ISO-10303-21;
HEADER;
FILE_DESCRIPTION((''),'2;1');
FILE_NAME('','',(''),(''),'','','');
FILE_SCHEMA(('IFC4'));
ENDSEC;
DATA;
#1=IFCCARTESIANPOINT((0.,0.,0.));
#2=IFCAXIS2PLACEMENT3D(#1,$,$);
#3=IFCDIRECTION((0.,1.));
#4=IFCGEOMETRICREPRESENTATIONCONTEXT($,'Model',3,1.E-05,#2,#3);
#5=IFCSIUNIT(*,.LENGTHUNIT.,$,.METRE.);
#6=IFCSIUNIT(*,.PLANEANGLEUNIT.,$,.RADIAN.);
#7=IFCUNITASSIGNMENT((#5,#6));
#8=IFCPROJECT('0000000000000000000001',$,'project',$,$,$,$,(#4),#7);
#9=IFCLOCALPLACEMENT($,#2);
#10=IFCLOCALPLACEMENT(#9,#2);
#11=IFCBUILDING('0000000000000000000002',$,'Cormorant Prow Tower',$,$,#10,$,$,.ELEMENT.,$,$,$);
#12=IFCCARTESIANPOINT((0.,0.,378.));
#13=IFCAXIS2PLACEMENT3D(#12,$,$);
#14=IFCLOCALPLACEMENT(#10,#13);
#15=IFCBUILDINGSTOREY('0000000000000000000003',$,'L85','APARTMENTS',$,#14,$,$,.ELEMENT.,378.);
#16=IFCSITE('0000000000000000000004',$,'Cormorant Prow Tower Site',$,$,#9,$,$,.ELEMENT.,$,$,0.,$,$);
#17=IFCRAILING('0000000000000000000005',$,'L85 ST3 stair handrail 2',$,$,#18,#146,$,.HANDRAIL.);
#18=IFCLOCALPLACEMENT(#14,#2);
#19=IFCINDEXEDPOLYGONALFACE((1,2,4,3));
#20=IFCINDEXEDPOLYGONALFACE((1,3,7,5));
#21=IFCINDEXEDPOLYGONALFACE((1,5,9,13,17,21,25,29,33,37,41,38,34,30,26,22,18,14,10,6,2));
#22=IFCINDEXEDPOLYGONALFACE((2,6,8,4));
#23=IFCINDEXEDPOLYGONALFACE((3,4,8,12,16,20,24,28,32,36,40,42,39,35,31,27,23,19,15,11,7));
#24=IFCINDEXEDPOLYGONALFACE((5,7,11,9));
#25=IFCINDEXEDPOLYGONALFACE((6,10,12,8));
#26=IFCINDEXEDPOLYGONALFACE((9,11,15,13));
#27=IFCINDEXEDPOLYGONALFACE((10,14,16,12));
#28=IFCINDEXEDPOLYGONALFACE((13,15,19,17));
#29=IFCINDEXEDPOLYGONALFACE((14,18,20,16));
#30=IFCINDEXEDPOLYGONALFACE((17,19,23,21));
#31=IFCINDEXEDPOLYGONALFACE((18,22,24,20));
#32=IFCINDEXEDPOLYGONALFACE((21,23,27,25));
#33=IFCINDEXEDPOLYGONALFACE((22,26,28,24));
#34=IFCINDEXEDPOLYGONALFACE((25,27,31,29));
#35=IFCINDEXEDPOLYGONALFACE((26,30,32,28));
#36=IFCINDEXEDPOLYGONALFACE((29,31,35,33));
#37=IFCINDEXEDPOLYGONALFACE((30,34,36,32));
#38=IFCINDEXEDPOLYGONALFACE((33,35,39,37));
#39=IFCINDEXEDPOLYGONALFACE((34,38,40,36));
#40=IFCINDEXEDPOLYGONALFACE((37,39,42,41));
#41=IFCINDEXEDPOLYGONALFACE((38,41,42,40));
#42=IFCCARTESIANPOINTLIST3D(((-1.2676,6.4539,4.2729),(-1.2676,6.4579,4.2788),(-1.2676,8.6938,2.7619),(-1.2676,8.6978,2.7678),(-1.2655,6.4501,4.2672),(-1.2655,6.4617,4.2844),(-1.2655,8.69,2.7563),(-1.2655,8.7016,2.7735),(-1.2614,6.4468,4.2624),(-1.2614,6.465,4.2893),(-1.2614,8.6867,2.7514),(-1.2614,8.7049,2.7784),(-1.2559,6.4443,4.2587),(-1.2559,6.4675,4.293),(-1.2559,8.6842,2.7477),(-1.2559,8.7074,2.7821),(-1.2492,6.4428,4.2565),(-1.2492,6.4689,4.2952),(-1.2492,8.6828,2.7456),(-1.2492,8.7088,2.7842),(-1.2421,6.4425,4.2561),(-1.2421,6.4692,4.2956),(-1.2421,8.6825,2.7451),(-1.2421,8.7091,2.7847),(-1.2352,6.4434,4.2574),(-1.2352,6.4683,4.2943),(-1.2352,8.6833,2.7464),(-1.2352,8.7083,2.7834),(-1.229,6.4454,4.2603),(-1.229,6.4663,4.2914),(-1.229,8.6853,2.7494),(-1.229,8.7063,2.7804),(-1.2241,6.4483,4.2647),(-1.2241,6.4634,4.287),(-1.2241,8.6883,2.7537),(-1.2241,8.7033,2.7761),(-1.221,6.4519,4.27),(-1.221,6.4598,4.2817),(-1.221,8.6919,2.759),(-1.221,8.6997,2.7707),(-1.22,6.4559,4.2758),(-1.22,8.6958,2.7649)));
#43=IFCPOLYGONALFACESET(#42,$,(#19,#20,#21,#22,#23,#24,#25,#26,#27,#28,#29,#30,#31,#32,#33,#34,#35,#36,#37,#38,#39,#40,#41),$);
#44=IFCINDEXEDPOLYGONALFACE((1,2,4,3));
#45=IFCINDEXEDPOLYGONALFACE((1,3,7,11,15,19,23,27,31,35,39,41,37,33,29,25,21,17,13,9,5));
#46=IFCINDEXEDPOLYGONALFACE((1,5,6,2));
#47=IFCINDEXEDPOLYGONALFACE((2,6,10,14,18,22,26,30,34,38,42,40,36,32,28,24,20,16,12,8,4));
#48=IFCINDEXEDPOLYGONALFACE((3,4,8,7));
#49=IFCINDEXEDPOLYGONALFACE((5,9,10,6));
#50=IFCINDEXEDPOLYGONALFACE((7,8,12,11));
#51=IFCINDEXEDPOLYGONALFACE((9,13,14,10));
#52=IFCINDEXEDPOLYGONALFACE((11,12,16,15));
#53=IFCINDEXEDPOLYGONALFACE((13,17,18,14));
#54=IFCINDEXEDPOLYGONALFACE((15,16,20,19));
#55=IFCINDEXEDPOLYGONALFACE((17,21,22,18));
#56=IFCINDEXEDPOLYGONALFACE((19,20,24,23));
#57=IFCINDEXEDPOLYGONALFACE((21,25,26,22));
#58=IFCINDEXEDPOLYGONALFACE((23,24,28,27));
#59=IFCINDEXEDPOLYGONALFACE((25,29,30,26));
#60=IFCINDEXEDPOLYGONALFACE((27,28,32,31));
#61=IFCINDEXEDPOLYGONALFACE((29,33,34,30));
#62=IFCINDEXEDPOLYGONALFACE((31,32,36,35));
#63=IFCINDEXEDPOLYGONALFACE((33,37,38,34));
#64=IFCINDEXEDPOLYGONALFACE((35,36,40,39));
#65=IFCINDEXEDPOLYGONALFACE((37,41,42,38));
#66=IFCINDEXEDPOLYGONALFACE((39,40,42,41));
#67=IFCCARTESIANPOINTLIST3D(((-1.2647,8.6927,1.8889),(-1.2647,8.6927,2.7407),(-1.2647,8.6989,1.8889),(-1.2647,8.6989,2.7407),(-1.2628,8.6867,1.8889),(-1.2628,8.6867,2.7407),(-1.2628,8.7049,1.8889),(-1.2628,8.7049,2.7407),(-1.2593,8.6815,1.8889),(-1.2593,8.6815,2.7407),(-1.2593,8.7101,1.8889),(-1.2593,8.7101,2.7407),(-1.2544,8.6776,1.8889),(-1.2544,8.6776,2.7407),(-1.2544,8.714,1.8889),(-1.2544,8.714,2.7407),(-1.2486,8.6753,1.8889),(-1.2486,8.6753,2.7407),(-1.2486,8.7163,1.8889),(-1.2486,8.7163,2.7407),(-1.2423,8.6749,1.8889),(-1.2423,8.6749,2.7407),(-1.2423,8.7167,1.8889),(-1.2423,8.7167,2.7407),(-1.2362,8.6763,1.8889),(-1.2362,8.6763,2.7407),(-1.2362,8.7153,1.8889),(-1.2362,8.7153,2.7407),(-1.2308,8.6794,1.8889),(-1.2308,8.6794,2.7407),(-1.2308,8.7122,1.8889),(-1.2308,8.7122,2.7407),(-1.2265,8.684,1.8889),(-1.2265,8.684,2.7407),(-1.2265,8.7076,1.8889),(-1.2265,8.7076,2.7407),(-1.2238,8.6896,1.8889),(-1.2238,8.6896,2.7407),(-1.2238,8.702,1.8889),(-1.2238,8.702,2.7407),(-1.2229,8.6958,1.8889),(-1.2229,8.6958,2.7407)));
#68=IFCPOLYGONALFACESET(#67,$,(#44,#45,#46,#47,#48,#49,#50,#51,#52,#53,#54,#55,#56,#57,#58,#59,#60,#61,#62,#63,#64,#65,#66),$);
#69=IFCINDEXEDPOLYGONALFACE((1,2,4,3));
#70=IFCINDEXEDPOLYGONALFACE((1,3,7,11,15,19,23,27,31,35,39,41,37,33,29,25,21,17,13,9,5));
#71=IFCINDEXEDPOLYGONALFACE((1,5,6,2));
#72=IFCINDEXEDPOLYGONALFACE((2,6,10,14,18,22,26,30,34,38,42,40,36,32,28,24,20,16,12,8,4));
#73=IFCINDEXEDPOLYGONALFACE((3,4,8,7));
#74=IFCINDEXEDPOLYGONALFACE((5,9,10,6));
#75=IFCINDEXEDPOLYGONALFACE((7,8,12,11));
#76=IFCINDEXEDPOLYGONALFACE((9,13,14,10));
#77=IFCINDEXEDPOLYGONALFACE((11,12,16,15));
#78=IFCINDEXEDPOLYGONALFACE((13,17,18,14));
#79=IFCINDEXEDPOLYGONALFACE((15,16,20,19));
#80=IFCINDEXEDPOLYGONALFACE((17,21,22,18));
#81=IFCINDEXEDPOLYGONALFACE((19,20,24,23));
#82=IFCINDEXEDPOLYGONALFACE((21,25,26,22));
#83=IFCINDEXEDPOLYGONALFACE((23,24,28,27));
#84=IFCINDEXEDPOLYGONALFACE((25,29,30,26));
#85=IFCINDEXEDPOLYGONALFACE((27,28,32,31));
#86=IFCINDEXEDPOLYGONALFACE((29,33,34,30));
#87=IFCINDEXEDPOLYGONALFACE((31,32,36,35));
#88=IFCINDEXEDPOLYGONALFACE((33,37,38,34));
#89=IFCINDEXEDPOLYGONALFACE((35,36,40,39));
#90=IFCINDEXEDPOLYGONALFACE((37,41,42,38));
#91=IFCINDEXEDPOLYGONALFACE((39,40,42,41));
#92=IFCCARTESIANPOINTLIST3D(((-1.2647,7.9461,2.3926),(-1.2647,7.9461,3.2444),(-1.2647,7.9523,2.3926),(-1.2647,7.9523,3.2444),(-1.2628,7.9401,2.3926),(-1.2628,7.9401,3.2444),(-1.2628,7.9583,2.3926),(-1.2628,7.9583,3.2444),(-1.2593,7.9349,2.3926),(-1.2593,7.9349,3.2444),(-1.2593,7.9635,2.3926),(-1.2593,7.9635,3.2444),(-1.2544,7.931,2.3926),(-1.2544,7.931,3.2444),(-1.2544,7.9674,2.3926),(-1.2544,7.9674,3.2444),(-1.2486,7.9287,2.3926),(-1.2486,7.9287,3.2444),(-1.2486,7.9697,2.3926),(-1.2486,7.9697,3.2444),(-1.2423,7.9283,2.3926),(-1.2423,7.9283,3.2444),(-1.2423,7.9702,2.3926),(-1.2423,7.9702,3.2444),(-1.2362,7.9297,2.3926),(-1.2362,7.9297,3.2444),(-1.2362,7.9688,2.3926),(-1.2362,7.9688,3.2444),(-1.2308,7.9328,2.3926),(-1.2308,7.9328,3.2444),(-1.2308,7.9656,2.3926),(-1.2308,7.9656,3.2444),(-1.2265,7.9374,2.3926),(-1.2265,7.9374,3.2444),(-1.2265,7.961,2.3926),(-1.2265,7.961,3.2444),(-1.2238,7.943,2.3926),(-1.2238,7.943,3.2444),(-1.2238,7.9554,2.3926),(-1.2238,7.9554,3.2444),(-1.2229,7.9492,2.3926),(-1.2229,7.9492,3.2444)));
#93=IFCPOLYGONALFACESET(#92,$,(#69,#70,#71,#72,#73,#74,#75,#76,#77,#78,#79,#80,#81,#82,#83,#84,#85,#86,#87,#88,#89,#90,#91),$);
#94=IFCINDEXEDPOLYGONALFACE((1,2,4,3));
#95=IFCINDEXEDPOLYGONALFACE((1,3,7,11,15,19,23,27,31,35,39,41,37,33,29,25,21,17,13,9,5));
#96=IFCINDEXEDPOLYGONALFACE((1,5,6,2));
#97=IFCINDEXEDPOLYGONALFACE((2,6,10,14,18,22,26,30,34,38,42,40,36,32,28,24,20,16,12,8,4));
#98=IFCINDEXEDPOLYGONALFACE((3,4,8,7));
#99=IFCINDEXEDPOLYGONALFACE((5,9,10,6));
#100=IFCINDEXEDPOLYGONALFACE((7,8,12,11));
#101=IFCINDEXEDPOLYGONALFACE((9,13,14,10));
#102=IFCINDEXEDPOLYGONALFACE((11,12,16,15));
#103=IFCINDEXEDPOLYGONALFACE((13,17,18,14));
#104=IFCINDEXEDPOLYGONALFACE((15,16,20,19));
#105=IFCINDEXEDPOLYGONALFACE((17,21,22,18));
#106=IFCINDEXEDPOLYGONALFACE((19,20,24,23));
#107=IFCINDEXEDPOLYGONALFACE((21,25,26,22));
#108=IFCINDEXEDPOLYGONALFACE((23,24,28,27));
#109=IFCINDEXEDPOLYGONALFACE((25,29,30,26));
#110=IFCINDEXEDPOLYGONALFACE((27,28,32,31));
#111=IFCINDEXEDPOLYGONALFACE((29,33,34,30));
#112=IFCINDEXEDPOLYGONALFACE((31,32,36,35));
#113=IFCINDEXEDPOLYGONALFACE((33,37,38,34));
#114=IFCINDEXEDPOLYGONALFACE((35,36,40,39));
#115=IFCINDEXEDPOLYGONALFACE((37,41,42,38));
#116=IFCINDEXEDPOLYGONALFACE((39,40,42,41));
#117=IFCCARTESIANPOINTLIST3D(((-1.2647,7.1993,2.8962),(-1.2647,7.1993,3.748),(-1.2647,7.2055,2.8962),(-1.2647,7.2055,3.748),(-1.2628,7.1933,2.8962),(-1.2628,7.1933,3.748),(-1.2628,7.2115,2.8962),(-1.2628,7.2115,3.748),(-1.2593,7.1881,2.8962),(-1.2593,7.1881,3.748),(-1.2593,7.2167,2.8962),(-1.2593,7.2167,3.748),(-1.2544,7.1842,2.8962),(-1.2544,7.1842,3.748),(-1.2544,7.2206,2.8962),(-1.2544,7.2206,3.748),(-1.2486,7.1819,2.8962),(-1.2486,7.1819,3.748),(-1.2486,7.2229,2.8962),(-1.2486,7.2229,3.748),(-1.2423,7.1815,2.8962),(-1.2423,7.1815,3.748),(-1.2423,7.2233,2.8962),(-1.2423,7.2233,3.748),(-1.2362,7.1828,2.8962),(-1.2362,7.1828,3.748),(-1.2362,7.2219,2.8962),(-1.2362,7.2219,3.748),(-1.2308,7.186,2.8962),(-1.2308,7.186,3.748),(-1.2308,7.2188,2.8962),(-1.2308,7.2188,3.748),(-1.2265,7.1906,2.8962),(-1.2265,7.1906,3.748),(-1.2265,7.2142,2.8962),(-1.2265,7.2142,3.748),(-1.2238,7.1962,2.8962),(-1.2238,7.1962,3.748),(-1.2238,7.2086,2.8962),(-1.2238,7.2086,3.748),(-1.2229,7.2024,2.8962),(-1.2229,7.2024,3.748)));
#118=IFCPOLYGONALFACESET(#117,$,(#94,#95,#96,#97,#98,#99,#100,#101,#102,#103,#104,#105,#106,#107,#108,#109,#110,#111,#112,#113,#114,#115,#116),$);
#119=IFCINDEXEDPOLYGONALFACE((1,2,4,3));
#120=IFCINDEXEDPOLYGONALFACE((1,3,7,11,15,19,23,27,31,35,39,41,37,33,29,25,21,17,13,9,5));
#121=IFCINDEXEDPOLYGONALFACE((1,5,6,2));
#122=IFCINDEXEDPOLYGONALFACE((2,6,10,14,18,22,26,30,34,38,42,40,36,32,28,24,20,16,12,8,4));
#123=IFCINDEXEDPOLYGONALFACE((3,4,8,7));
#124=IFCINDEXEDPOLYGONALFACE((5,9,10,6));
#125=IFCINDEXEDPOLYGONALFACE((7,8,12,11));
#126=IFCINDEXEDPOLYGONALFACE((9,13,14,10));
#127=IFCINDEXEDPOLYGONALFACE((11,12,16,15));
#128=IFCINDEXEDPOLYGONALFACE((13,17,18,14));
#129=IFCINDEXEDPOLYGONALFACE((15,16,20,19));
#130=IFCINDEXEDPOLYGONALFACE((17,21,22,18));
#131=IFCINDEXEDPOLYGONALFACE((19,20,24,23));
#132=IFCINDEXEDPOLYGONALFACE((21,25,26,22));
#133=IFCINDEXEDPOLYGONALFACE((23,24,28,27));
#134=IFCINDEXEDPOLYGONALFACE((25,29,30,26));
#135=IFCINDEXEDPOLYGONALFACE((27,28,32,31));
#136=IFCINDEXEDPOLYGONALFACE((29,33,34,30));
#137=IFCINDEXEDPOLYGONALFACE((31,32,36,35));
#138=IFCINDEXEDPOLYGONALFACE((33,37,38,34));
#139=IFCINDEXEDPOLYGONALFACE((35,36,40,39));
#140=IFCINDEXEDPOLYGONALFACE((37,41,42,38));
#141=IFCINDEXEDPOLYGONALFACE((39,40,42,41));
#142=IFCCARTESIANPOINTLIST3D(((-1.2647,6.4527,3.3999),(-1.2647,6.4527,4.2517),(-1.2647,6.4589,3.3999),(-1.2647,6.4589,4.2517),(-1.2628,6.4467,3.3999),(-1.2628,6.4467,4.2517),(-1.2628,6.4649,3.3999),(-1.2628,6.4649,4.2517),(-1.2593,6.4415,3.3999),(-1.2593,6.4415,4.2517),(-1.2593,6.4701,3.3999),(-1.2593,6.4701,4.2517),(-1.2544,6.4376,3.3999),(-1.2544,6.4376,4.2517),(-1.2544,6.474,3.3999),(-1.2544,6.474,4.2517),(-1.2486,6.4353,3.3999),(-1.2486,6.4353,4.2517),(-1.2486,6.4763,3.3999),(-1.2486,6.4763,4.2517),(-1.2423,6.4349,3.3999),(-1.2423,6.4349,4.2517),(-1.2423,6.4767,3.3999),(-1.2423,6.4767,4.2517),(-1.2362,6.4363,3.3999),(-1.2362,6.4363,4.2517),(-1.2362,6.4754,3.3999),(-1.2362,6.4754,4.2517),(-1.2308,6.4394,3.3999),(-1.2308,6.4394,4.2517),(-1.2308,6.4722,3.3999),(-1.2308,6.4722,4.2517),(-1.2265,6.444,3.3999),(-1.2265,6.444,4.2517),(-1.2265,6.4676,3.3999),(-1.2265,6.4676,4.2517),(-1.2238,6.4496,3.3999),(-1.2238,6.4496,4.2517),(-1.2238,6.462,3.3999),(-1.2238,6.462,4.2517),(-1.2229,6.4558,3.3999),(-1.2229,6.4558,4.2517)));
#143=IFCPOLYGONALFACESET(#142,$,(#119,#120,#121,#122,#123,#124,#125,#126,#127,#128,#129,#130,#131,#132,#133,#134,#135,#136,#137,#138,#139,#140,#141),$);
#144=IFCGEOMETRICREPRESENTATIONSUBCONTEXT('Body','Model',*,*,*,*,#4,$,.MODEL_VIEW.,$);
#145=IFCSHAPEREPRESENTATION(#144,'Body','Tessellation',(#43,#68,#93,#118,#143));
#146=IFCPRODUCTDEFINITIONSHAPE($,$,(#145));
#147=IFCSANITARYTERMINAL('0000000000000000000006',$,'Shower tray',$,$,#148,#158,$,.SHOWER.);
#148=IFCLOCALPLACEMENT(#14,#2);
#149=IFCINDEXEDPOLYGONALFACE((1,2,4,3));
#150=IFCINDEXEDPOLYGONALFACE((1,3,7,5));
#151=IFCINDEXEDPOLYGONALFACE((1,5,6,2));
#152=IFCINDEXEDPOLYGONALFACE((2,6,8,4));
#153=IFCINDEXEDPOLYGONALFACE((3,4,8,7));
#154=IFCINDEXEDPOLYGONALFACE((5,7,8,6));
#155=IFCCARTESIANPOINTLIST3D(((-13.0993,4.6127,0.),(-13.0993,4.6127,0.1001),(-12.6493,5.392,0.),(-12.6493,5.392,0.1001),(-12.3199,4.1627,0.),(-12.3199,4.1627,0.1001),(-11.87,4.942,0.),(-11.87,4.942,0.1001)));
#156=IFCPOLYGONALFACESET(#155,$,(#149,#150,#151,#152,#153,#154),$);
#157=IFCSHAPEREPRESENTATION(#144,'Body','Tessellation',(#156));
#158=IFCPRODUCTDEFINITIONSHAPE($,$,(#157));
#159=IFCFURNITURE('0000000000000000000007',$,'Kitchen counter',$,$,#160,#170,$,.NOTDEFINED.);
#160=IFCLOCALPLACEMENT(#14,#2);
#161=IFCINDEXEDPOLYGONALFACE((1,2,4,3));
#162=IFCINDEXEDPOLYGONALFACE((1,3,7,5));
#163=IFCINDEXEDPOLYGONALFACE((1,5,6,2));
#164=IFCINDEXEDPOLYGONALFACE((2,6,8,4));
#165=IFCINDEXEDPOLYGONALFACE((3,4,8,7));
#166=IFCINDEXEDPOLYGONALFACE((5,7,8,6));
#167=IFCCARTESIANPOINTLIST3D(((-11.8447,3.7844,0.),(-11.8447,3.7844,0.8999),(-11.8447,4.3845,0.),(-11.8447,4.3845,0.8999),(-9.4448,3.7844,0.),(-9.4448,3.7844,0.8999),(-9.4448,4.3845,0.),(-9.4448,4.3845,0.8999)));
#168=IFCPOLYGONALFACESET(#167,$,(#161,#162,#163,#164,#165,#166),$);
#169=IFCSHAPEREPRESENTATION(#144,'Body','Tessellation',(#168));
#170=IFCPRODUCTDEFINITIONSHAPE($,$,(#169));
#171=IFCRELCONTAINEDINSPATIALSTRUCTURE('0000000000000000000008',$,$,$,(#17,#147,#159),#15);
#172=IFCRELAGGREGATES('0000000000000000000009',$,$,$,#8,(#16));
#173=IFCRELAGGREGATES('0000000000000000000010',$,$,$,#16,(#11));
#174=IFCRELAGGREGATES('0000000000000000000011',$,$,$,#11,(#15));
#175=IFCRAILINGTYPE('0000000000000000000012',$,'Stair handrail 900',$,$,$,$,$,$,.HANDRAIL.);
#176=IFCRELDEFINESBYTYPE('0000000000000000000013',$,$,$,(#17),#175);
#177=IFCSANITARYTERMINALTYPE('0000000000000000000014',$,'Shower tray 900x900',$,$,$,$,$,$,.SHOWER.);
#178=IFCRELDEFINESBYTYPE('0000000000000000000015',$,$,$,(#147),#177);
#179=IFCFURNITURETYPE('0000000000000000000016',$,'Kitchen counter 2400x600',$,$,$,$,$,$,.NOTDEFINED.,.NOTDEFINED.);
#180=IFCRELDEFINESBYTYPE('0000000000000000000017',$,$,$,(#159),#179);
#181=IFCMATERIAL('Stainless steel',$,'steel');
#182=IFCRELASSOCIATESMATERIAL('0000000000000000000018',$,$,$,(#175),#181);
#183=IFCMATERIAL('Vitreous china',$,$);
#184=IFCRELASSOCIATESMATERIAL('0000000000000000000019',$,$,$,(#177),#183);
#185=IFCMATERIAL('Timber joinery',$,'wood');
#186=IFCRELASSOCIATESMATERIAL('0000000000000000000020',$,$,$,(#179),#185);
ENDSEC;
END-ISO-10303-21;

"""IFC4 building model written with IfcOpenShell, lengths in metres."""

from ifc_helpers import new_model, si_unit, direction, frame, origin, origin_2d, place, context, subcontext, project, spatial, rectangle, circle, extrude, material, type_object, element, save


model = new_model("IFC4")

# Units and contexts
model_context = context("Model", 3, precision=1e-05, world=origin(), true_north=direction((0.0, 1.0)))
body_context = subcontext(model_context, "Body", "Model", "MODEL_VIEW")
ifc_project = project(units=[si_unit("LENGTHUNIT", "METRE"), si_unit("PLANEANGLEUNIT", "RADIAN")], contexts=[model_context])

# Site, building, storey
site_placement = place(None, origin())
site = spatial("IfcSite", under=ifc_project, at=site_placement, Name="Cormorant Prow Tower Site", CompositionType="ELEMENT", RefElevation=0.0)
building_placement = place(site_placement, origin())
building = spatial("IfcBuilding", under=site, at=building_placement, Name="Cormorant Prow Tower", CompositionType="ELEMENT")
storey_placement = place(building_placement, frame((0.0, 0.0, 378.0)))
storey = spatial("IfcBuildingStorey", under=building, at=storey_placement, Name="L85", Description="APARTMENTS", CompositionType="ELEMENT", Elevation=378.0)

# Railing
ifc_material_1 = material(Name="Stainless steel", Category="steel")
railing_type = type_object("IfcRailingType", Name="Stair handrail 900", PredefinedType="HANDRAIL", material=ifc_material_1)
railing_placement = place(storey_placement, frame((-1.2439, 8.6958, 1.8889)))
element("IfcRailing", 1, at=railing_placement, inside=storey, type_object=railing_type, Name="L85 ST3 stair handrail 2", PredefinedType="HANDRAIL", context=body_context, shape_type="SweptSolid", body=[
    extrude(circle(Radius=0.0239, at=origin_2d()), frame((0.0, 0.0, 0.876), z_axis=(0.0, -0.829021, 0.559217), x_axis=(1.0, 0.0, 0.0)), (0.0, 0.0, 1.0), 2.7019),
    extrude(circle(Radius=0.021, at=origin_2d()), origin(), (0.0, 0.0, 1.0), 0.8518),
    extrude(circle(Radius=0.021, at=origin_2d()), frame((0.0, -0.7466, 0.5037)), (0.0, 0.0, 1.0), 0.8518),
    extrude(circle(Radius=0.021, at=origin_2d()), frame((0.0, -1.4934, 1.0073)), (0.0, 0.0, 1.0), 0.8518),
    extrude(circle(Radius=0.021, at=origin_2d()), frame((0.0, -2.24, 1.511)), (0.0, 0.0, 1.0), 0.8518),
])

# Sanitary terminal
ifc_material_2 = material(Name="Vitreous china")
sanitary_terminal_type = type_object("IfcSanitaryTerminalType", Name="Shower tray 900x900", PredefinedType="SHOWER", material=ifc_material_2)
sanitary_terminal_placement = place(storey_placement, frame((-12.4846, 4.7773, 0.0), z_axis=(0.0, 0.0, 1.0), x_axis=(-0.866025, 0.5, 0.0)))
element("IfcSanitaryTerminal", 2, at=sanitary_terminal_placement, inside=storey, type_object=sanitary_terminal_type, Name="Shower tray", PredefinedType="SHOWER", context=body_context, shape_type="SweptSolid", body=[
    extrude(rectangle(XDim=0.8999, YDim=0.8999, at=origin_2d()), origin(), (0.0, 0.0, 1.0), 0.1001),
])

# Furniture
ifc_material_3 = material(Name="Timber joinery", Category="wood")
furniture_type = type_object("IfcFurnitureType", Name="Kitchen counter 2400x600", AssemblyPlace="NOTDEFINED", PredefinedType="NOTDEFINED", material=ifc_material_3)
furniture_placement = place(storey_placement, frame((-10.6448, 4.0845, 0.0), z_axis=(0.0, 0.0, 1.0), x_axis=(1.0, 0.0, 0.0)))
element("IfcFurniture", 3, at=furniture_placement, inside=storey, type_object=furniture_type, Name="Kitchen counter", PredefinedType="NOTDEFINED", context=body_context, shape_type="SweptSolid", body=[
    extrude(rectangle(XDim=2.3999, YDim=0.6001, at=origin_2d()), origin(), (0.0, 0.0, 1.0), 0.8999),
])

save(model, "model.ifc")
